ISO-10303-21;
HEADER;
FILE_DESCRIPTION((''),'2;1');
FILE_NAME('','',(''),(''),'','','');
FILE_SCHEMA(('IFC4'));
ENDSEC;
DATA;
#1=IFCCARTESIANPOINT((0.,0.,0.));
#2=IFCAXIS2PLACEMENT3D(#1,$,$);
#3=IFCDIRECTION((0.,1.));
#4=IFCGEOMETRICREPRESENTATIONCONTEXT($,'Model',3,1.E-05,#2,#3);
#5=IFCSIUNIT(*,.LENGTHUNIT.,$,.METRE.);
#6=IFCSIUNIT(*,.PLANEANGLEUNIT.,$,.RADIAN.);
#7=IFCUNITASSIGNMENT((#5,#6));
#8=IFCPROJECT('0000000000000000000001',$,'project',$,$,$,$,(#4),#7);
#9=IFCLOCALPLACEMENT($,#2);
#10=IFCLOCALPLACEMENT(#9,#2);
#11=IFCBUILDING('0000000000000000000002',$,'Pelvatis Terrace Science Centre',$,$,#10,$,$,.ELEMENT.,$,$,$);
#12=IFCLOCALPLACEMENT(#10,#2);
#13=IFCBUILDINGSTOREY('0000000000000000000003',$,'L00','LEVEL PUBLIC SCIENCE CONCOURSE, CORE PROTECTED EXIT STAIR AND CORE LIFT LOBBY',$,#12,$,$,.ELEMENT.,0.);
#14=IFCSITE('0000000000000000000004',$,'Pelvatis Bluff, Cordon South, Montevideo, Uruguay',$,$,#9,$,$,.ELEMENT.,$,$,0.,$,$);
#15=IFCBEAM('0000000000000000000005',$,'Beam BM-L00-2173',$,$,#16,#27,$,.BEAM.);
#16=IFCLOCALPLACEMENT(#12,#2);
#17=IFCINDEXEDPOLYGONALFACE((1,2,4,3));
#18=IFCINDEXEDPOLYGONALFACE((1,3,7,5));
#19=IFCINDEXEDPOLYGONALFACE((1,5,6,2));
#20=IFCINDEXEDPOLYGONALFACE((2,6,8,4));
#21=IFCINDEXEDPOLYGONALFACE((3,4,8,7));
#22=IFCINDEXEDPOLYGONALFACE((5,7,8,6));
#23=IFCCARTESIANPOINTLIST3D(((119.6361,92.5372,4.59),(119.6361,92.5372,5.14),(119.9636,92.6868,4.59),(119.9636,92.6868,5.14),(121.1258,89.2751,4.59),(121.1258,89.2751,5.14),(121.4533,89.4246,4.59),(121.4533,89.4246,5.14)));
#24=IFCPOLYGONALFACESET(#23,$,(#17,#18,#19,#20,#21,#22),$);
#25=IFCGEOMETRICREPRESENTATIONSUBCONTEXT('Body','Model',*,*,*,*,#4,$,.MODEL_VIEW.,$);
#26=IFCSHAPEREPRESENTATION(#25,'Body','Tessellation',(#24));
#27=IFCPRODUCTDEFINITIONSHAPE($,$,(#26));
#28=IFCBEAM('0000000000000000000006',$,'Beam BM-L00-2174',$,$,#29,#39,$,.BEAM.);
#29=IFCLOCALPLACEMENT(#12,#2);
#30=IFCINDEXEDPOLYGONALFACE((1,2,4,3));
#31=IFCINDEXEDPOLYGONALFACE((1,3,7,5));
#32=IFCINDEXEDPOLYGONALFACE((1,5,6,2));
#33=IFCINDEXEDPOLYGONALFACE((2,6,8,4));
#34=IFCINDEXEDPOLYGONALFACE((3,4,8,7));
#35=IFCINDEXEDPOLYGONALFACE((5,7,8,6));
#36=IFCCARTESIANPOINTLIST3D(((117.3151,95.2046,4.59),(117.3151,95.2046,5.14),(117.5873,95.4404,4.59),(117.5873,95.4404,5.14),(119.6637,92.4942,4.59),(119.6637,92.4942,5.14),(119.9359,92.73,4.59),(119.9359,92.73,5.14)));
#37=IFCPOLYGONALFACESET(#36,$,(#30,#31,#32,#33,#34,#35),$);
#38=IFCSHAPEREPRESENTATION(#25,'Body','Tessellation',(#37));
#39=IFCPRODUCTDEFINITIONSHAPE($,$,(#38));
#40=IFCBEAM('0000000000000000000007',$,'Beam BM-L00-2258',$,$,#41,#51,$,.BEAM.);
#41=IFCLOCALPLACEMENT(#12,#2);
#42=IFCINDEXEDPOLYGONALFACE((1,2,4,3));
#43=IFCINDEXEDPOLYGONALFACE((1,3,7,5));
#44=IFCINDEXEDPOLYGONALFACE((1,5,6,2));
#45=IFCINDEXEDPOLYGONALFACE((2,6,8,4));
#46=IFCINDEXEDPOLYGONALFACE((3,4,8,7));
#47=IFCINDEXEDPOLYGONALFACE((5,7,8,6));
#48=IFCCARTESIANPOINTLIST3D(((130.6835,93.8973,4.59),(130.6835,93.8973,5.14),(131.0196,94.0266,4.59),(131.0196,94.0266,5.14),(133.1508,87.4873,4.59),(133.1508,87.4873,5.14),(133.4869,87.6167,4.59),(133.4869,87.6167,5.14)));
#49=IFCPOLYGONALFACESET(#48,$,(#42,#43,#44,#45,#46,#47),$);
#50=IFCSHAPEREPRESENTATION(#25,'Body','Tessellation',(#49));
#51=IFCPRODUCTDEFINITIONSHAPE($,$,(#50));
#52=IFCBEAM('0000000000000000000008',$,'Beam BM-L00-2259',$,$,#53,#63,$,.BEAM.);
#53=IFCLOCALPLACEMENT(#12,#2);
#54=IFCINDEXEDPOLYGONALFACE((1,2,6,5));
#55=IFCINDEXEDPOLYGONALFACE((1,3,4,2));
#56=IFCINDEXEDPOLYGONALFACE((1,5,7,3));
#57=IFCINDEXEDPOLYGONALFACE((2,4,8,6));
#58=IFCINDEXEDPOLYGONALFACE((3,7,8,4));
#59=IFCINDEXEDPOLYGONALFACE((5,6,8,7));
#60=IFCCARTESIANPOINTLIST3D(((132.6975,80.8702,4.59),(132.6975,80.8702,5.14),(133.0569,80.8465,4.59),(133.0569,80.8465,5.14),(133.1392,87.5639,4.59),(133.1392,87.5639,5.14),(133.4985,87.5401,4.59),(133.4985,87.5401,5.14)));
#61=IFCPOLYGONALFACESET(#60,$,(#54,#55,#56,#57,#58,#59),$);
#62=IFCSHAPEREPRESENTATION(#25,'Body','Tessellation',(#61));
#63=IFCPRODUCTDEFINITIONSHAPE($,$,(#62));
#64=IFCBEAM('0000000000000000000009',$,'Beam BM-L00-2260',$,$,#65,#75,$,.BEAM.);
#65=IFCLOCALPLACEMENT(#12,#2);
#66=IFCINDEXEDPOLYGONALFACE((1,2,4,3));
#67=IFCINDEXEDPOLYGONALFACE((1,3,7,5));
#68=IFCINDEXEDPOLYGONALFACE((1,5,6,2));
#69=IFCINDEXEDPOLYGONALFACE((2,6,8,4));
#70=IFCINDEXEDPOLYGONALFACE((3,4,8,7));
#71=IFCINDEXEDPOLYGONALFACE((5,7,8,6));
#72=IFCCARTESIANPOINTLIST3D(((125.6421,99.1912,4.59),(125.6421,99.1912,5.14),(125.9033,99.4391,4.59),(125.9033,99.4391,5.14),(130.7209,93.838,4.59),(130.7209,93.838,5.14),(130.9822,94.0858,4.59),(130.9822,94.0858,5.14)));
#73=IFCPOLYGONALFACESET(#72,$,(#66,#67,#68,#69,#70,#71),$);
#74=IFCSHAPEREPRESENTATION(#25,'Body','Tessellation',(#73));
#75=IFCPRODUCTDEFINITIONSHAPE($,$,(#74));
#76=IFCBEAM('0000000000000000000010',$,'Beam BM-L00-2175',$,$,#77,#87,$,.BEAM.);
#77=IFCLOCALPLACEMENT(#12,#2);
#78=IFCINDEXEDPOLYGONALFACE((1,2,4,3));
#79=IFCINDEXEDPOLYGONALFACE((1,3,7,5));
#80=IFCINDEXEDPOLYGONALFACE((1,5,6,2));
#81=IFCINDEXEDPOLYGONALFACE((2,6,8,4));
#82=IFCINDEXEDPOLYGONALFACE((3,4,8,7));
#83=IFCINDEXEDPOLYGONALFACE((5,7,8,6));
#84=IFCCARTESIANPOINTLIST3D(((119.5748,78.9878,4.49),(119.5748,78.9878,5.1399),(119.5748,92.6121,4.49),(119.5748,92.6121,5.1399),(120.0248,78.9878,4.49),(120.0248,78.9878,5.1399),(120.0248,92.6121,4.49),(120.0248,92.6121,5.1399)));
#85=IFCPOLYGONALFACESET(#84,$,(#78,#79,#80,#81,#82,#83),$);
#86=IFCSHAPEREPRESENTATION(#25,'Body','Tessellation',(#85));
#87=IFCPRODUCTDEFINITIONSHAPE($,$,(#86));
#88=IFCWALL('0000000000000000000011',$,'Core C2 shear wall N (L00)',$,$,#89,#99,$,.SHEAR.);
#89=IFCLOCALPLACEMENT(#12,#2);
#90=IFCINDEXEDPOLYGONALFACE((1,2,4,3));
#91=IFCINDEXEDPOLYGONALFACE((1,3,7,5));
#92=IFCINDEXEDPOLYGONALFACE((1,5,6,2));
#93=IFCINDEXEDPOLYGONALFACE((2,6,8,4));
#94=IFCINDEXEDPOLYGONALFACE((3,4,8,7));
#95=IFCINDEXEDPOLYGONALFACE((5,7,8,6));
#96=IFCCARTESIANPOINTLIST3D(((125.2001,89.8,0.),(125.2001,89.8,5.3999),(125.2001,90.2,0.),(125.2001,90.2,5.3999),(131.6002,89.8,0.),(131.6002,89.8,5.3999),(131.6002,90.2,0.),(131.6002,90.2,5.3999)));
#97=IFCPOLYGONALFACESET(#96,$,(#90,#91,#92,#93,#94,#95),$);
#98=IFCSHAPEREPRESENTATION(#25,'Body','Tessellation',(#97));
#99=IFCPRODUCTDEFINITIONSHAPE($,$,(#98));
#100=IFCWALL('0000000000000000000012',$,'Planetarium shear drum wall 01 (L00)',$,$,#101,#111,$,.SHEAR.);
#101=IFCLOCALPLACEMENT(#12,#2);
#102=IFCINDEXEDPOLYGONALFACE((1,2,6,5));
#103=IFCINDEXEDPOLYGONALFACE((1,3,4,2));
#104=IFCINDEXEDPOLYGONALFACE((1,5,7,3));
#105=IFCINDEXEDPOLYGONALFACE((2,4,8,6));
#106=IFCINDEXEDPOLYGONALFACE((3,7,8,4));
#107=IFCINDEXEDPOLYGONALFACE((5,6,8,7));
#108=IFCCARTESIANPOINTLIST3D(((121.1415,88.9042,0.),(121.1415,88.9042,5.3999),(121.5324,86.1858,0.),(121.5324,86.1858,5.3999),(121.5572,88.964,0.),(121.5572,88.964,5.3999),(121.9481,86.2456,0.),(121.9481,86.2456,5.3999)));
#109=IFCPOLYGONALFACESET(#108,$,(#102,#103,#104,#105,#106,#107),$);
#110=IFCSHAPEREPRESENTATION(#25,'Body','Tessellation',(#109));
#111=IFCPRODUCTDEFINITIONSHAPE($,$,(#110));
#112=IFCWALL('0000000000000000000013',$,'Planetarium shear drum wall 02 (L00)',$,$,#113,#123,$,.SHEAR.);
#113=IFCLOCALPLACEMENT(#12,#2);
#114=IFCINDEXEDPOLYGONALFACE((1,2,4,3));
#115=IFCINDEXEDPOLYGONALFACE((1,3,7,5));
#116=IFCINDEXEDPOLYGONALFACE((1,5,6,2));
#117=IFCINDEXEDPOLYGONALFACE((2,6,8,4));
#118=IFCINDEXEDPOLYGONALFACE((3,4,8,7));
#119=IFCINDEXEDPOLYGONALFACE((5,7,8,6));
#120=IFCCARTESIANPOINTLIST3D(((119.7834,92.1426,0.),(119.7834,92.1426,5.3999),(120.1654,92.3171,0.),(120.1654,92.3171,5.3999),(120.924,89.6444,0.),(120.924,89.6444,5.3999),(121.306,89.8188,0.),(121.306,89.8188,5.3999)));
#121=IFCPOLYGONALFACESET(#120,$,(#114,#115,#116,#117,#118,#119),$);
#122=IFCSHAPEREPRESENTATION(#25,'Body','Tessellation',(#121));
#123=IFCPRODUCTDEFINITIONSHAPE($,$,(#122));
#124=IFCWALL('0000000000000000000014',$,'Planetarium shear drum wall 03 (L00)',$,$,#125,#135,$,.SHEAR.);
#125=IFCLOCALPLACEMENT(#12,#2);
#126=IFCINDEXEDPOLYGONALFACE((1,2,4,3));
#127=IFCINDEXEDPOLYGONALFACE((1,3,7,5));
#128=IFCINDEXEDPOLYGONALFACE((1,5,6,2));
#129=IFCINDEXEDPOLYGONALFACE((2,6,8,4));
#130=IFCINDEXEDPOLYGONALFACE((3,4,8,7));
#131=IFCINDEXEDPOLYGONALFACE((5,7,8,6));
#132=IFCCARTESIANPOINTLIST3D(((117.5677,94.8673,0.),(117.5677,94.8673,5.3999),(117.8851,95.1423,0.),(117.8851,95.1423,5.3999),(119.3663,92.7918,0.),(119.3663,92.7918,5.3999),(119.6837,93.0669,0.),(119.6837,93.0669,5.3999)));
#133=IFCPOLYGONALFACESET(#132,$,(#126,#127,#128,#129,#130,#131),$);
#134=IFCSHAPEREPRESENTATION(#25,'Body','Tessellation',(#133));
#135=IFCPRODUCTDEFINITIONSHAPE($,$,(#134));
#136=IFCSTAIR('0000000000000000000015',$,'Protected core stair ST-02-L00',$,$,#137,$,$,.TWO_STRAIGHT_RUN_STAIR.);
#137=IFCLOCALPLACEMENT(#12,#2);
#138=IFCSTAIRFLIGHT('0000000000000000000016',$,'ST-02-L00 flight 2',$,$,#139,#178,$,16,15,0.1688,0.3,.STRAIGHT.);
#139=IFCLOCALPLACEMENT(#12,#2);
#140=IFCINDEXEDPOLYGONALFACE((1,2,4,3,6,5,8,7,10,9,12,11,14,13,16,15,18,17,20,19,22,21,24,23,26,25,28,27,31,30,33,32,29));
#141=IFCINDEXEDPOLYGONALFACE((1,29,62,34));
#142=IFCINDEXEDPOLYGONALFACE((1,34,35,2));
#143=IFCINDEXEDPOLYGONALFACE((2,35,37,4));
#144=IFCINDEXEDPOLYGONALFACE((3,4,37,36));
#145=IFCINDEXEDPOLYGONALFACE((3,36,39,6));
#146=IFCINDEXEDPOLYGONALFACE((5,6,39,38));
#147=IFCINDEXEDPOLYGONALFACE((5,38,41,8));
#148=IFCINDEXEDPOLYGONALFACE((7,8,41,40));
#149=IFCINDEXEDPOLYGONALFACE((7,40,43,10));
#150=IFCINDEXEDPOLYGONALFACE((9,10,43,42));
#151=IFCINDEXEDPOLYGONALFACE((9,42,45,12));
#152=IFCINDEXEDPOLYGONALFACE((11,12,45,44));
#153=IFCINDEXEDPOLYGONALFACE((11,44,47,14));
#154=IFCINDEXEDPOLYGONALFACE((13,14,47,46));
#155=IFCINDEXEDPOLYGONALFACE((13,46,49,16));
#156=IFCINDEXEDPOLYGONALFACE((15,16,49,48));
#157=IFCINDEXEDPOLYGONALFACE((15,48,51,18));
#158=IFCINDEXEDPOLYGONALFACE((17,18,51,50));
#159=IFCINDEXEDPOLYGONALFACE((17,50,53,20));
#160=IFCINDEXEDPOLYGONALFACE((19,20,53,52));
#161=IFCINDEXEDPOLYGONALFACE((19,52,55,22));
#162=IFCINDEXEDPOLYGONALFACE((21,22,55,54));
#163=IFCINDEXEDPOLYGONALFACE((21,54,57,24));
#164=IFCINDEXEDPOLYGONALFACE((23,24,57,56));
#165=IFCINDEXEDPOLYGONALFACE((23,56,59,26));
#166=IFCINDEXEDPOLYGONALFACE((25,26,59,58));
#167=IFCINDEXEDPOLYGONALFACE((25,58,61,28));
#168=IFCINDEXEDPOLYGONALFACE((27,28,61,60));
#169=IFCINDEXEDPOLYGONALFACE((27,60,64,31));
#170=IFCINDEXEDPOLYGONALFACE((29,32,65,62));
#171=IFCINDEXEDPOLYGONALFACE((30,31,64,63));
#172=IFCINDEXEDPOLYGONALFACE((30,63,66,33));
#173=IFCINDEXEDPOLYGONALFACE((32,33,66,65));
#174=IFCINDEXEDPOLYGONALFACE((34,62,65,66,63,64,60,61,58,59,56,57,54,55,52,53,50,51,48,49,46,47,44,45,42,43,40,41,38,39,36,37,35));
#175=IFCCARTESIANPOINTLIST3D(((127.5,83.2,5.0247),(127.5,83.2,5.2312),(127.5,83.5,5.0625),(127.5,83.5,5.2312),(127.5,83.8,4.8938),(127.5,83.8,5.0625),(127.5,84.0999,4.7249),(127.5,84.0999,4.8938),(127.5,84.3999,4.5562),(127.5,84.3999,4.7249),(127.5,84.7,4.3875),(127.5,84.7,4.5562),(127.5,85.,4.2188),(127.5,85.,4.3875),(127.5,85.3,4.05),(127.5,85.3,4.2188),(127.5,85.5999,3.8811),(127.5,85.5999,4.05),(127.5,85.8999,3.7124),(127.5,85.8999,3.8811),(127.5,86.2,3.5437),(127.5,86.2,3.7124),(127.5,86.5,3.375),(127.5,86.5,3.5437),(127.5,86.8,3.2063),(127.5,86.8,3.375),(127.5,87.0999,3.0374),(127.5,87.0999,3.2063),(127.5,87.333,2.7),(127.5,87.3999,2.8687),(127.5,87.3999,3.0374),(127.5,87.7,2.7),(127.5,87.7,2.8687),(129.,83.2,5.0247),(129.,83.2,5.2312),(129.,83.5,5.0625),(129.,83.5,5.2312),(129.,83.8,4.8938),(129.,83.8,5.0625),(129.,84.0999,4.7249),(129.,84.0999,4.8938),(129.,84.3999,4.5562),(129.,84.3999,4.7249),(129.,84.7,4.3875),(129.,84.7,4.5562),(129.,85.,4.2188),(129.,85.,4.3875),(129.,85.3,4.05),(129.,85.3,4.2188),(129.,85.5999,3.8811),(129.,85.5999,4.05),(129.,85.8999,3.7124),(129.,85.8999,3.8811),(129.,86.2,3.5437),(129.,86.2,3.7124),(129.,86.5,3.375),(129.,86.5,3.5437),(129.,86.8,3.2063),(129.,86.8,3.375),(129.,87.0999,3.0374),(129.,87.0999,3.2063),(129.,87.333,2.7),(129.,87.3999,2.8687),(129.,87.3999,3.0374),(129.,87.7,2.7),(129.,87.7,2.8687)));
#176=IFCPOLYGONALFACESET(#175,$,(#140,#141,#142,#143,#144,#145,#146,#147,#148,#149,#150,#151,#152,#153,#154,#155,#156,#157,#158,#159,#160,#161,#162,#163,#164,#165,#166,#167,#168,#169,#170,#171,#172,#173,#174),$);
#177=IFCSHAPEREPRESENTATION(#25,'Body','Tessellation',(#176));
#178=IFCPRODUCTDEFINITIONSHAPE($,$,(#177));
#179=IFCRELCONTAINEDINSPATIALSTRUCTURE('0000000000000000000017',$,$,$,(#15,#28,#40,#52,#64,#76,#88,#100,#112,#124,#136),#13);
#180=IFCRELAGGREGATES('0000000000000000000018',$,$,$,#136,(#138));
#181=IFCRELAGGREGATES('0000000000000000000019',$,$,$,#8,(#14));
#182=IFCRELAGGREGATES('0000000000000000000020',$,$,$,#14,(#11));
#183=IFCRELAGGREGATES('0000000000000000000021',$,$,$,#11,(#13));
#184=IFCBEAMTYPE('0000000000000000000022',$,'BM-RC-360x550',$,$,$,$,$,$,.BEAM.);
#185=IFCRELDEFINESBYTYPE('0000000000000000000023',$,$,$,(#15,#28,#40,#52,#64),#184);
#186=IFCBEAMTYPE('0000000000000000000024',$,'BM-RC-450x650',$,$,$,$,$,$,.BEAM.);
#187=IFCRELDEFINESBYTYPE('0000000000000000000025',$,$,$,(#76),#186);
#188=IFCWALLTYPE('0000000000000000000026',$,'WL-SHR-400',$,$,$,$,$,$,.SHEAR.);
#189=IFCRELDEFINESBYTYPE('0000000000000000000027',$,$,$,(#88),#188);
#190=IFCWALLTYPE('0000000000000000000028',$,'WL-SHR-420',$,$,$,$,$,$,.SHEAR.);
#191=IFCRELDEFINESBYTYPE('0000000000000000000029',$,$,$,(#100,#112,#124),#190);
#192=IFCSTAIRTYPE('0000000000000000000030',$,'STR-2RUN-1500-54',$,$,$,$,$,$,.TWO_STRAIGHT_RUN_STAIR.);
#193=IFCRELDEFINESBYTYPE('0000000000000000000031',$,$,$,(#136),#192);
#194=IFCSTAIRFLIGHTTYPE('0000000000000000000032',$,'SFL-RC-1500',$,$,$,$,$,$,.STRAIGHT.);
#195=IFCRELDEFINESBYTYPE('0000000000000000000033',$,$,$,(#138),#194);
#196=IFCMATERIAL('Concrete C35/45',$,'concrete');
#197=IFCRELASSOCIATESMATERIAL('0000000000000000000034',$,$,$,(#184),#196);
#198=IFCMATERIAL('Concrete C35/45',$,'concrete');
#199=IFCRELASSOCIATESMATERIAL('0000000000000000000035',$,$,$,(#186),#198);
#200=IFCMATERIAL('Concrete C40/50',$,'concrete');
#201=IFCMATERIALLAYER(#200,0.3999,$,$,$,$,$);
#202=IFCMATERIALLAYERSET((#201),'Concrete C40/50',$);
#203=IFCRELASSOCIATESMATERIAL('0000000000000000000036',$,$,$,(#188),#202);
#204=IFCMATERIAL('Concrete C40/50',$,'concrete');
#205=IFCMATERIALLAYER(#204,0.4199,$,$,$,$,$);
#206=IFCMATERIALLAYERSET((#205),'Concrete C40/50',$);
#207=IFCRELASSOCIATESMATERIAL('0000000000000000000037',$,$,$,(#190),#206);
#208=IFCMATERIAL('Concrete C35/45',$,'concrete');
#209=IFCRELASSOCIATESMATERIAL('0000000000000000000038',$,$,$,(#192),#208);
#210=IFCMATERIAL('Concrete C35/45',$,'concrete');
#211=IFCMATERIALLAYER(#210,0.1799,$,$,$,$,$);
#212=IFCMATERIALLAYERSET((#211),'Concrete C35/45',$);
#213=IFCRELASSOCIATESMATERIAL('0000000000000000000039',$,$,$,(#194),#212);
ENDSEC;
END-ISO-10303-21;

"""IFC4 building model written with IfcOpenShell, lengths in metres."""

from ifc_helpers import new_model, si_unit, direction, frame, frame_2d, origin, origin_2d, place, context, subcontext, project, spatial, polyline, rectangle, outline, extrude, material, layer, layer_set, material_profile, profile_set, type_object, element, aggregate, save


model = new_model("IFC4")

# Units and contexts
model_context = context("Model", 3, precision=1e-05, world=origin(), true_north=direction((0.0, 1.0)))
body_context = subcontext(model_context, "Body", "Model", "MODEL_VIEW")
ifc_project = project(units=[si_unit("LENGTHUNIT", "METRE"), si_unit("PLANEANGLEUNIT", "RADIAN")], contexts=[model_context])

# Site, building, storey
site_placement = place(None, origin())
site = spatial("IfcSite", under=ifc_project, at=site_placement, Name="Pelvatis Bluff, Cordon South, Montevideo, Uruguay", CompositionType="ELEMENT", RefElevation=0.0)
building_placement = place(site_placement, origin())
building = spatial("IfcBuilding", under=site, at=building_placement, Name="Pelvatis Terrace Science Centre", CompositionType="ELEMENT")
storey_placement = place(building_placement, origin())
storey = spatial("IfcBuildingStorey", under=building, at=storey_placement, Name="L00", Description="LEVEL PUBLIC SCIENCE CONCOURSE, CORE PROTECTED EXIT STAIR AND CORE LIFT LOBBY", CompositionType="ELEMENT", Elevation=0.0)

# Beams
ifc_material_1 = material(Name="Concrete C35/45", Category="concrete")
ifc_material_profile_1 = material_profile(ifc_material_1, rectangle(XDim=0.3601, YDim=0.55, at=origin_2d()), Name="RC-BM 360x550")
ifc_profile_set_1 = profile_set([ifc_material_profile_1], Name="Concrete C35/45")
beam_type_1 = type_object("IfcBeamType", Name="BM-RC-360x550", PredefinedType="BEAM", material=ifc_profile_set_1)
beam_1_placement = place(storey_placement, frame((121.2896, 89.3499, 4.865), z_axis=(-0.415403, 0.909638, 0.0), x_axis=(-0.909638, -0.415403, 0.0)))
element("IfcBeam", 1, at=beam_1_placement, inside=storey, type_object=beam_type_1, Name="Beam BM-L00-2173", PredefinedType="BEAM", context=body_context, shape_type="SweptSolid", body=[
    extrude(rectangle(XDim=0.3601, YDim=0.55, at=origin_2d()), origin(), (0.0, 0.0, 1.0), 3.5862),
])
beam_2_placement = place(storey_placement, frame((119.7998, 92.6121, 4.865), z_axis=(-0.654863, 0.755747, 0.0), x_axis=(-0.755747, -0.654863, 0.0)))
element("IfcBeam", 2, at=beam_2_placement, inside=storey, type_object=beam_type_1, Name="Beam BM-L00-2174", PredefinedType="BEAM", context=body_context, shape_type="SweptSolid", body=[
    extrude(rectangle(XDim=0.3601, YDim=0.55, at=origin_2d()), origin(), (0.0, 0.0, 1.0), 3.5864),
])
beam_3_placement = place(storey_placement, frame((133.3188, 87.552, 4.865), z_axis=(-0.359224, 0.933251, 0.0), x_axis=(-0.933251, -0.359224, 0.0)))
element("IfcBeam", 3, at=beam_3_placement, inside=storey, type_object=beam_type_1, Name="Beam BM-L00-2258", PredefinedType="BEAM", context=body_context, shape_type="SweptSolid", body=[
    extrude(rectangle(XDim=0.3601, YDim=0.55, at=origin_2d()), origin(), (0.0, 0.0, 1.0), 6.8684),
])
beam_4_placement = place(storey_placement, frame((133.3188, 87.552, 4.865), z_axis=(-0.065838, -0.99783, 0.0), x_axis=(0.99783, -0.065838, 0.0)))
element("IfcBeam", 4, at=beam_4_placement, inside=storey, type_object=beam_type_1, Name="Beam BM-L00-2259", PredefinedType="BEAM", context=body_context, shape_type="SweptSolid", body=[
    extrude(rectangle(XDim=0.3601, YDim=0.55, at=origin_2d()), origin(), (0.0, 0.0, 1.0), 6.7083),
])
beam_5_placement = place(storey_placement, frame((130.8516, 93.9619, 4.865), z_axis=(-0.688268, 0.725456, 0.0), x_axis=(-0.725456, -0.688268, 0.0)))
element("IfcBeam", 5, at=beam_5_placement, inside=storey, type_object=beam_type_1, Name="Beam BM-L00-2260", PredefinedType="BEAM", context=body_context, shape_type="SweptSolid", body=[
    extrude(rectangle(XDim=0.3601, YDim=0.55, at=origin_2d()), origin(), (0.0, 0.0, 1.0), 7.3792),
])
ifc_material_2 = material(Name="Concrete C35/45", Category="concrete")
ifc_material_profile_2 = material_profile(ifc_material_2, rectangle(XDim=0.45, YDim=0.6499, at=origin_2d()), Name="RC-BM 450x650")
ifc_profile_set_2 = profile_set([ifc_material_profile_2], Name="Concrete C35/45")
beam_type_2 = type_object("IfcBeamType", Name="BM-RC-450x650", PredefinedType="BEAM", material=ifc_profile_set_2)
beam_6_placement = place(storey_placement, frame((119.7998, 92.6121, 4.8149), z_axis=(0.0, -1.0, 0.0), x_axis=(1.0, 0.0, 0.0)))
element("IfcBeam", 6, at=beam_6_placement, inside=storey, type_object=beam_type_2, Name="Beam BM-L00-2175", PredefinedType="BEAM", context=body_context, shape_type="SweptSolid", body=[
    extrude(rectangle(XDim=0.45, YDim=0.6499, at=origin_2d()), origin(), (0.0, 0.0, 1.0), 13.6243),
])

# Walls
ifc_material_3 = material(Name="Concrete C40/50", Category="concrete")
ifc_layer_1 = layer(ifc_material_3, 0.3999)
ifc_layer_set_1 = layer_set([ifc_layer_1], Name="Concrete C40/50")
wall_type_1 = type_object("IfcWallType", Name="WL-SHR-400", PredefinedType="SHEAR", material=ifc_layer_set_1)
wall_placement = place(storey_placement, frame((125.2, 90.0, 0.0), z_axis=(0.0, 0.0, 1.0), x_axis=(1.0, 0.0, 0.0)))
element("IfcWall", 7, at=wall_placement, inside=storey, type_object=wall_type_1, Name="Core C2 shear wall N (L00)", PredefinedType="SHEAR", context=body_context, shape_type="SweptSolid", body=[
    extrude(rectangle(XDim=6.4001, YDim=0.3999, at=frame_2d((3.2002, 0.0))), origin(), (0.0, 0.0, 1.0), 5.3999),
])
ifc_material_4 = material(Name="Concrete C40/50", Category="concrete")
ifc_layer_2 = layer(ifc_material_4, 0.4199)
ifc_layer_set_2 = layer_set([ifc_layer_2], Name="Concrete C40/50")
wall_type_2 = type_object("IfcWallType", Name="WL-SHR-420", PredefinedType="SHEAR", material=ifc_layer_set_2)
for number, where, z_axis, x_axis, name in (
    (8, (121.7402, 86.2158, 0.0), (0.0, 0.0, 1.0), (-0.14233, 0.989819, 0.0), "Planetarium shear drum wall 01 (L00)"),
    (9, (121.115, 89.7317, 0.0), (0.0, 0.0, 1.0), (-0.415323, 0.909674, 0.0), "Planetarium shear drum wall 02 (L00)"),
    (10, (119.5249, 92.9294, 0.0), (0.0, 0.0, 1.0), (-0.654903, 0.755713, 0.0), "Planetarium shear drum wall 03 (L00)"),
):
    element("IfcWall", number, at=place(storey_placement, frame(where, z_axis=z_axis, x_axis=x_axis)), inside=storey, type_object=wall_type_2, Name=name, PredefinedType="SHEAR", context=body_context, shape_type="SweptSolid", body=[
        extrude(rectangle(XDim=2.7463, YDim=0.4199, at=frame_2d((1.373, 0.0))), origin(), (0.0, 0.0, 1.0), 5.3999),
    ])

# Stair, stair flight
ifc_material_5 = material(Name="Concrete C35/45", Category="concrete")
stair_type = type_object("IfcStairType", Name="STR-2RUN-1500-54", PredefinedType="TWO_STRAIGHT_RUN_STAIR", material=ifc_material_5)
stair_placement = place(storey_placement, origin())
stair = element("IfcStair", 11, at=stair_placement, inside=storey, type_object=stair_type, Name="Protected core stair ST-02-L00", PredefinedType="TWO_STRAIGHT_RUN_STAIR")
ifc_material_6 = material(Name="Concrete C35/45", Category="concrete")
ifc_layer_3 = layer(ifc_material_6, 0.1799)
ifc_layer_set_3 = layer_set([ifc_layer_3], Name="Concrete C35/45")
stair_flight_type = type_object("IfcStairFlightType", Name="SFL-RC-1500", PredefinedType="STRAIGHT", material=ifc_layer_set_3)
stair_flight_placement = place(storey_placement, frame((128.25, 87.7, 2.7), z_axis=(0.0, 0.0, 1.0), x_axis=(0.0, -1.0, 0.0)))
stair_flight = element("IfcStairFlight", 12, at=stair_flight_placement, type_object=stair_flight_type, Name="ST-02-L00 flight 2", NumberOfRisers=16, NumberOfTreads=15, PredefinedType="STRAIGHT", RiserHeight=0.1688, TreadLength=0.3, context=body_context, shape_type="SweptSolid", body=[
    extrude(outline(polyline([(0.0, 0.0), (0.0, 0.1687), (0.3, 0.1687), (0.3, 0.3374), (0.6001, 0.3374), (0.6001, 0.5063), (0.8999, 0.5063), (0.8999, 0.675), (1.2, 0.675), (1.2, 0.8438), (1.5, 0.8438), (1.5, 1.0125), (1.8, 1.0125), (1.8, 1.1812), (2.1001, 1.1812), (2.1001, 1.3501), (2.3999, 1.3501), (2.3999, 1.5188), (2.7, 1.5188), (2.7, 1.6875), (3.0, 1.6875), (3.0, 1.8562), (3.3, 1.8562), (3.3, 2.0249), (3.6001, 2.0249), (3.6001, 2.1938), (3.8999, 2.1938), (3.8999, 2.3625), (4.2, 2.3625), (4.2, 2.5312), (4.5, 2.5312), (4.5, 2.7), (4.5, 2.3247), (0.3669, 0.0), (0.0, 0.0)])), frame((0.0, 0.75, 0.0), z_axis=(0.0, -1.0, 0.0), x_axis=(1.0, 0.0, 0.0)), (0.0, 0.0, 1.0), 1.5),
])
aggregate(stair, [stair_flight])

save(model, "model.ifc")
